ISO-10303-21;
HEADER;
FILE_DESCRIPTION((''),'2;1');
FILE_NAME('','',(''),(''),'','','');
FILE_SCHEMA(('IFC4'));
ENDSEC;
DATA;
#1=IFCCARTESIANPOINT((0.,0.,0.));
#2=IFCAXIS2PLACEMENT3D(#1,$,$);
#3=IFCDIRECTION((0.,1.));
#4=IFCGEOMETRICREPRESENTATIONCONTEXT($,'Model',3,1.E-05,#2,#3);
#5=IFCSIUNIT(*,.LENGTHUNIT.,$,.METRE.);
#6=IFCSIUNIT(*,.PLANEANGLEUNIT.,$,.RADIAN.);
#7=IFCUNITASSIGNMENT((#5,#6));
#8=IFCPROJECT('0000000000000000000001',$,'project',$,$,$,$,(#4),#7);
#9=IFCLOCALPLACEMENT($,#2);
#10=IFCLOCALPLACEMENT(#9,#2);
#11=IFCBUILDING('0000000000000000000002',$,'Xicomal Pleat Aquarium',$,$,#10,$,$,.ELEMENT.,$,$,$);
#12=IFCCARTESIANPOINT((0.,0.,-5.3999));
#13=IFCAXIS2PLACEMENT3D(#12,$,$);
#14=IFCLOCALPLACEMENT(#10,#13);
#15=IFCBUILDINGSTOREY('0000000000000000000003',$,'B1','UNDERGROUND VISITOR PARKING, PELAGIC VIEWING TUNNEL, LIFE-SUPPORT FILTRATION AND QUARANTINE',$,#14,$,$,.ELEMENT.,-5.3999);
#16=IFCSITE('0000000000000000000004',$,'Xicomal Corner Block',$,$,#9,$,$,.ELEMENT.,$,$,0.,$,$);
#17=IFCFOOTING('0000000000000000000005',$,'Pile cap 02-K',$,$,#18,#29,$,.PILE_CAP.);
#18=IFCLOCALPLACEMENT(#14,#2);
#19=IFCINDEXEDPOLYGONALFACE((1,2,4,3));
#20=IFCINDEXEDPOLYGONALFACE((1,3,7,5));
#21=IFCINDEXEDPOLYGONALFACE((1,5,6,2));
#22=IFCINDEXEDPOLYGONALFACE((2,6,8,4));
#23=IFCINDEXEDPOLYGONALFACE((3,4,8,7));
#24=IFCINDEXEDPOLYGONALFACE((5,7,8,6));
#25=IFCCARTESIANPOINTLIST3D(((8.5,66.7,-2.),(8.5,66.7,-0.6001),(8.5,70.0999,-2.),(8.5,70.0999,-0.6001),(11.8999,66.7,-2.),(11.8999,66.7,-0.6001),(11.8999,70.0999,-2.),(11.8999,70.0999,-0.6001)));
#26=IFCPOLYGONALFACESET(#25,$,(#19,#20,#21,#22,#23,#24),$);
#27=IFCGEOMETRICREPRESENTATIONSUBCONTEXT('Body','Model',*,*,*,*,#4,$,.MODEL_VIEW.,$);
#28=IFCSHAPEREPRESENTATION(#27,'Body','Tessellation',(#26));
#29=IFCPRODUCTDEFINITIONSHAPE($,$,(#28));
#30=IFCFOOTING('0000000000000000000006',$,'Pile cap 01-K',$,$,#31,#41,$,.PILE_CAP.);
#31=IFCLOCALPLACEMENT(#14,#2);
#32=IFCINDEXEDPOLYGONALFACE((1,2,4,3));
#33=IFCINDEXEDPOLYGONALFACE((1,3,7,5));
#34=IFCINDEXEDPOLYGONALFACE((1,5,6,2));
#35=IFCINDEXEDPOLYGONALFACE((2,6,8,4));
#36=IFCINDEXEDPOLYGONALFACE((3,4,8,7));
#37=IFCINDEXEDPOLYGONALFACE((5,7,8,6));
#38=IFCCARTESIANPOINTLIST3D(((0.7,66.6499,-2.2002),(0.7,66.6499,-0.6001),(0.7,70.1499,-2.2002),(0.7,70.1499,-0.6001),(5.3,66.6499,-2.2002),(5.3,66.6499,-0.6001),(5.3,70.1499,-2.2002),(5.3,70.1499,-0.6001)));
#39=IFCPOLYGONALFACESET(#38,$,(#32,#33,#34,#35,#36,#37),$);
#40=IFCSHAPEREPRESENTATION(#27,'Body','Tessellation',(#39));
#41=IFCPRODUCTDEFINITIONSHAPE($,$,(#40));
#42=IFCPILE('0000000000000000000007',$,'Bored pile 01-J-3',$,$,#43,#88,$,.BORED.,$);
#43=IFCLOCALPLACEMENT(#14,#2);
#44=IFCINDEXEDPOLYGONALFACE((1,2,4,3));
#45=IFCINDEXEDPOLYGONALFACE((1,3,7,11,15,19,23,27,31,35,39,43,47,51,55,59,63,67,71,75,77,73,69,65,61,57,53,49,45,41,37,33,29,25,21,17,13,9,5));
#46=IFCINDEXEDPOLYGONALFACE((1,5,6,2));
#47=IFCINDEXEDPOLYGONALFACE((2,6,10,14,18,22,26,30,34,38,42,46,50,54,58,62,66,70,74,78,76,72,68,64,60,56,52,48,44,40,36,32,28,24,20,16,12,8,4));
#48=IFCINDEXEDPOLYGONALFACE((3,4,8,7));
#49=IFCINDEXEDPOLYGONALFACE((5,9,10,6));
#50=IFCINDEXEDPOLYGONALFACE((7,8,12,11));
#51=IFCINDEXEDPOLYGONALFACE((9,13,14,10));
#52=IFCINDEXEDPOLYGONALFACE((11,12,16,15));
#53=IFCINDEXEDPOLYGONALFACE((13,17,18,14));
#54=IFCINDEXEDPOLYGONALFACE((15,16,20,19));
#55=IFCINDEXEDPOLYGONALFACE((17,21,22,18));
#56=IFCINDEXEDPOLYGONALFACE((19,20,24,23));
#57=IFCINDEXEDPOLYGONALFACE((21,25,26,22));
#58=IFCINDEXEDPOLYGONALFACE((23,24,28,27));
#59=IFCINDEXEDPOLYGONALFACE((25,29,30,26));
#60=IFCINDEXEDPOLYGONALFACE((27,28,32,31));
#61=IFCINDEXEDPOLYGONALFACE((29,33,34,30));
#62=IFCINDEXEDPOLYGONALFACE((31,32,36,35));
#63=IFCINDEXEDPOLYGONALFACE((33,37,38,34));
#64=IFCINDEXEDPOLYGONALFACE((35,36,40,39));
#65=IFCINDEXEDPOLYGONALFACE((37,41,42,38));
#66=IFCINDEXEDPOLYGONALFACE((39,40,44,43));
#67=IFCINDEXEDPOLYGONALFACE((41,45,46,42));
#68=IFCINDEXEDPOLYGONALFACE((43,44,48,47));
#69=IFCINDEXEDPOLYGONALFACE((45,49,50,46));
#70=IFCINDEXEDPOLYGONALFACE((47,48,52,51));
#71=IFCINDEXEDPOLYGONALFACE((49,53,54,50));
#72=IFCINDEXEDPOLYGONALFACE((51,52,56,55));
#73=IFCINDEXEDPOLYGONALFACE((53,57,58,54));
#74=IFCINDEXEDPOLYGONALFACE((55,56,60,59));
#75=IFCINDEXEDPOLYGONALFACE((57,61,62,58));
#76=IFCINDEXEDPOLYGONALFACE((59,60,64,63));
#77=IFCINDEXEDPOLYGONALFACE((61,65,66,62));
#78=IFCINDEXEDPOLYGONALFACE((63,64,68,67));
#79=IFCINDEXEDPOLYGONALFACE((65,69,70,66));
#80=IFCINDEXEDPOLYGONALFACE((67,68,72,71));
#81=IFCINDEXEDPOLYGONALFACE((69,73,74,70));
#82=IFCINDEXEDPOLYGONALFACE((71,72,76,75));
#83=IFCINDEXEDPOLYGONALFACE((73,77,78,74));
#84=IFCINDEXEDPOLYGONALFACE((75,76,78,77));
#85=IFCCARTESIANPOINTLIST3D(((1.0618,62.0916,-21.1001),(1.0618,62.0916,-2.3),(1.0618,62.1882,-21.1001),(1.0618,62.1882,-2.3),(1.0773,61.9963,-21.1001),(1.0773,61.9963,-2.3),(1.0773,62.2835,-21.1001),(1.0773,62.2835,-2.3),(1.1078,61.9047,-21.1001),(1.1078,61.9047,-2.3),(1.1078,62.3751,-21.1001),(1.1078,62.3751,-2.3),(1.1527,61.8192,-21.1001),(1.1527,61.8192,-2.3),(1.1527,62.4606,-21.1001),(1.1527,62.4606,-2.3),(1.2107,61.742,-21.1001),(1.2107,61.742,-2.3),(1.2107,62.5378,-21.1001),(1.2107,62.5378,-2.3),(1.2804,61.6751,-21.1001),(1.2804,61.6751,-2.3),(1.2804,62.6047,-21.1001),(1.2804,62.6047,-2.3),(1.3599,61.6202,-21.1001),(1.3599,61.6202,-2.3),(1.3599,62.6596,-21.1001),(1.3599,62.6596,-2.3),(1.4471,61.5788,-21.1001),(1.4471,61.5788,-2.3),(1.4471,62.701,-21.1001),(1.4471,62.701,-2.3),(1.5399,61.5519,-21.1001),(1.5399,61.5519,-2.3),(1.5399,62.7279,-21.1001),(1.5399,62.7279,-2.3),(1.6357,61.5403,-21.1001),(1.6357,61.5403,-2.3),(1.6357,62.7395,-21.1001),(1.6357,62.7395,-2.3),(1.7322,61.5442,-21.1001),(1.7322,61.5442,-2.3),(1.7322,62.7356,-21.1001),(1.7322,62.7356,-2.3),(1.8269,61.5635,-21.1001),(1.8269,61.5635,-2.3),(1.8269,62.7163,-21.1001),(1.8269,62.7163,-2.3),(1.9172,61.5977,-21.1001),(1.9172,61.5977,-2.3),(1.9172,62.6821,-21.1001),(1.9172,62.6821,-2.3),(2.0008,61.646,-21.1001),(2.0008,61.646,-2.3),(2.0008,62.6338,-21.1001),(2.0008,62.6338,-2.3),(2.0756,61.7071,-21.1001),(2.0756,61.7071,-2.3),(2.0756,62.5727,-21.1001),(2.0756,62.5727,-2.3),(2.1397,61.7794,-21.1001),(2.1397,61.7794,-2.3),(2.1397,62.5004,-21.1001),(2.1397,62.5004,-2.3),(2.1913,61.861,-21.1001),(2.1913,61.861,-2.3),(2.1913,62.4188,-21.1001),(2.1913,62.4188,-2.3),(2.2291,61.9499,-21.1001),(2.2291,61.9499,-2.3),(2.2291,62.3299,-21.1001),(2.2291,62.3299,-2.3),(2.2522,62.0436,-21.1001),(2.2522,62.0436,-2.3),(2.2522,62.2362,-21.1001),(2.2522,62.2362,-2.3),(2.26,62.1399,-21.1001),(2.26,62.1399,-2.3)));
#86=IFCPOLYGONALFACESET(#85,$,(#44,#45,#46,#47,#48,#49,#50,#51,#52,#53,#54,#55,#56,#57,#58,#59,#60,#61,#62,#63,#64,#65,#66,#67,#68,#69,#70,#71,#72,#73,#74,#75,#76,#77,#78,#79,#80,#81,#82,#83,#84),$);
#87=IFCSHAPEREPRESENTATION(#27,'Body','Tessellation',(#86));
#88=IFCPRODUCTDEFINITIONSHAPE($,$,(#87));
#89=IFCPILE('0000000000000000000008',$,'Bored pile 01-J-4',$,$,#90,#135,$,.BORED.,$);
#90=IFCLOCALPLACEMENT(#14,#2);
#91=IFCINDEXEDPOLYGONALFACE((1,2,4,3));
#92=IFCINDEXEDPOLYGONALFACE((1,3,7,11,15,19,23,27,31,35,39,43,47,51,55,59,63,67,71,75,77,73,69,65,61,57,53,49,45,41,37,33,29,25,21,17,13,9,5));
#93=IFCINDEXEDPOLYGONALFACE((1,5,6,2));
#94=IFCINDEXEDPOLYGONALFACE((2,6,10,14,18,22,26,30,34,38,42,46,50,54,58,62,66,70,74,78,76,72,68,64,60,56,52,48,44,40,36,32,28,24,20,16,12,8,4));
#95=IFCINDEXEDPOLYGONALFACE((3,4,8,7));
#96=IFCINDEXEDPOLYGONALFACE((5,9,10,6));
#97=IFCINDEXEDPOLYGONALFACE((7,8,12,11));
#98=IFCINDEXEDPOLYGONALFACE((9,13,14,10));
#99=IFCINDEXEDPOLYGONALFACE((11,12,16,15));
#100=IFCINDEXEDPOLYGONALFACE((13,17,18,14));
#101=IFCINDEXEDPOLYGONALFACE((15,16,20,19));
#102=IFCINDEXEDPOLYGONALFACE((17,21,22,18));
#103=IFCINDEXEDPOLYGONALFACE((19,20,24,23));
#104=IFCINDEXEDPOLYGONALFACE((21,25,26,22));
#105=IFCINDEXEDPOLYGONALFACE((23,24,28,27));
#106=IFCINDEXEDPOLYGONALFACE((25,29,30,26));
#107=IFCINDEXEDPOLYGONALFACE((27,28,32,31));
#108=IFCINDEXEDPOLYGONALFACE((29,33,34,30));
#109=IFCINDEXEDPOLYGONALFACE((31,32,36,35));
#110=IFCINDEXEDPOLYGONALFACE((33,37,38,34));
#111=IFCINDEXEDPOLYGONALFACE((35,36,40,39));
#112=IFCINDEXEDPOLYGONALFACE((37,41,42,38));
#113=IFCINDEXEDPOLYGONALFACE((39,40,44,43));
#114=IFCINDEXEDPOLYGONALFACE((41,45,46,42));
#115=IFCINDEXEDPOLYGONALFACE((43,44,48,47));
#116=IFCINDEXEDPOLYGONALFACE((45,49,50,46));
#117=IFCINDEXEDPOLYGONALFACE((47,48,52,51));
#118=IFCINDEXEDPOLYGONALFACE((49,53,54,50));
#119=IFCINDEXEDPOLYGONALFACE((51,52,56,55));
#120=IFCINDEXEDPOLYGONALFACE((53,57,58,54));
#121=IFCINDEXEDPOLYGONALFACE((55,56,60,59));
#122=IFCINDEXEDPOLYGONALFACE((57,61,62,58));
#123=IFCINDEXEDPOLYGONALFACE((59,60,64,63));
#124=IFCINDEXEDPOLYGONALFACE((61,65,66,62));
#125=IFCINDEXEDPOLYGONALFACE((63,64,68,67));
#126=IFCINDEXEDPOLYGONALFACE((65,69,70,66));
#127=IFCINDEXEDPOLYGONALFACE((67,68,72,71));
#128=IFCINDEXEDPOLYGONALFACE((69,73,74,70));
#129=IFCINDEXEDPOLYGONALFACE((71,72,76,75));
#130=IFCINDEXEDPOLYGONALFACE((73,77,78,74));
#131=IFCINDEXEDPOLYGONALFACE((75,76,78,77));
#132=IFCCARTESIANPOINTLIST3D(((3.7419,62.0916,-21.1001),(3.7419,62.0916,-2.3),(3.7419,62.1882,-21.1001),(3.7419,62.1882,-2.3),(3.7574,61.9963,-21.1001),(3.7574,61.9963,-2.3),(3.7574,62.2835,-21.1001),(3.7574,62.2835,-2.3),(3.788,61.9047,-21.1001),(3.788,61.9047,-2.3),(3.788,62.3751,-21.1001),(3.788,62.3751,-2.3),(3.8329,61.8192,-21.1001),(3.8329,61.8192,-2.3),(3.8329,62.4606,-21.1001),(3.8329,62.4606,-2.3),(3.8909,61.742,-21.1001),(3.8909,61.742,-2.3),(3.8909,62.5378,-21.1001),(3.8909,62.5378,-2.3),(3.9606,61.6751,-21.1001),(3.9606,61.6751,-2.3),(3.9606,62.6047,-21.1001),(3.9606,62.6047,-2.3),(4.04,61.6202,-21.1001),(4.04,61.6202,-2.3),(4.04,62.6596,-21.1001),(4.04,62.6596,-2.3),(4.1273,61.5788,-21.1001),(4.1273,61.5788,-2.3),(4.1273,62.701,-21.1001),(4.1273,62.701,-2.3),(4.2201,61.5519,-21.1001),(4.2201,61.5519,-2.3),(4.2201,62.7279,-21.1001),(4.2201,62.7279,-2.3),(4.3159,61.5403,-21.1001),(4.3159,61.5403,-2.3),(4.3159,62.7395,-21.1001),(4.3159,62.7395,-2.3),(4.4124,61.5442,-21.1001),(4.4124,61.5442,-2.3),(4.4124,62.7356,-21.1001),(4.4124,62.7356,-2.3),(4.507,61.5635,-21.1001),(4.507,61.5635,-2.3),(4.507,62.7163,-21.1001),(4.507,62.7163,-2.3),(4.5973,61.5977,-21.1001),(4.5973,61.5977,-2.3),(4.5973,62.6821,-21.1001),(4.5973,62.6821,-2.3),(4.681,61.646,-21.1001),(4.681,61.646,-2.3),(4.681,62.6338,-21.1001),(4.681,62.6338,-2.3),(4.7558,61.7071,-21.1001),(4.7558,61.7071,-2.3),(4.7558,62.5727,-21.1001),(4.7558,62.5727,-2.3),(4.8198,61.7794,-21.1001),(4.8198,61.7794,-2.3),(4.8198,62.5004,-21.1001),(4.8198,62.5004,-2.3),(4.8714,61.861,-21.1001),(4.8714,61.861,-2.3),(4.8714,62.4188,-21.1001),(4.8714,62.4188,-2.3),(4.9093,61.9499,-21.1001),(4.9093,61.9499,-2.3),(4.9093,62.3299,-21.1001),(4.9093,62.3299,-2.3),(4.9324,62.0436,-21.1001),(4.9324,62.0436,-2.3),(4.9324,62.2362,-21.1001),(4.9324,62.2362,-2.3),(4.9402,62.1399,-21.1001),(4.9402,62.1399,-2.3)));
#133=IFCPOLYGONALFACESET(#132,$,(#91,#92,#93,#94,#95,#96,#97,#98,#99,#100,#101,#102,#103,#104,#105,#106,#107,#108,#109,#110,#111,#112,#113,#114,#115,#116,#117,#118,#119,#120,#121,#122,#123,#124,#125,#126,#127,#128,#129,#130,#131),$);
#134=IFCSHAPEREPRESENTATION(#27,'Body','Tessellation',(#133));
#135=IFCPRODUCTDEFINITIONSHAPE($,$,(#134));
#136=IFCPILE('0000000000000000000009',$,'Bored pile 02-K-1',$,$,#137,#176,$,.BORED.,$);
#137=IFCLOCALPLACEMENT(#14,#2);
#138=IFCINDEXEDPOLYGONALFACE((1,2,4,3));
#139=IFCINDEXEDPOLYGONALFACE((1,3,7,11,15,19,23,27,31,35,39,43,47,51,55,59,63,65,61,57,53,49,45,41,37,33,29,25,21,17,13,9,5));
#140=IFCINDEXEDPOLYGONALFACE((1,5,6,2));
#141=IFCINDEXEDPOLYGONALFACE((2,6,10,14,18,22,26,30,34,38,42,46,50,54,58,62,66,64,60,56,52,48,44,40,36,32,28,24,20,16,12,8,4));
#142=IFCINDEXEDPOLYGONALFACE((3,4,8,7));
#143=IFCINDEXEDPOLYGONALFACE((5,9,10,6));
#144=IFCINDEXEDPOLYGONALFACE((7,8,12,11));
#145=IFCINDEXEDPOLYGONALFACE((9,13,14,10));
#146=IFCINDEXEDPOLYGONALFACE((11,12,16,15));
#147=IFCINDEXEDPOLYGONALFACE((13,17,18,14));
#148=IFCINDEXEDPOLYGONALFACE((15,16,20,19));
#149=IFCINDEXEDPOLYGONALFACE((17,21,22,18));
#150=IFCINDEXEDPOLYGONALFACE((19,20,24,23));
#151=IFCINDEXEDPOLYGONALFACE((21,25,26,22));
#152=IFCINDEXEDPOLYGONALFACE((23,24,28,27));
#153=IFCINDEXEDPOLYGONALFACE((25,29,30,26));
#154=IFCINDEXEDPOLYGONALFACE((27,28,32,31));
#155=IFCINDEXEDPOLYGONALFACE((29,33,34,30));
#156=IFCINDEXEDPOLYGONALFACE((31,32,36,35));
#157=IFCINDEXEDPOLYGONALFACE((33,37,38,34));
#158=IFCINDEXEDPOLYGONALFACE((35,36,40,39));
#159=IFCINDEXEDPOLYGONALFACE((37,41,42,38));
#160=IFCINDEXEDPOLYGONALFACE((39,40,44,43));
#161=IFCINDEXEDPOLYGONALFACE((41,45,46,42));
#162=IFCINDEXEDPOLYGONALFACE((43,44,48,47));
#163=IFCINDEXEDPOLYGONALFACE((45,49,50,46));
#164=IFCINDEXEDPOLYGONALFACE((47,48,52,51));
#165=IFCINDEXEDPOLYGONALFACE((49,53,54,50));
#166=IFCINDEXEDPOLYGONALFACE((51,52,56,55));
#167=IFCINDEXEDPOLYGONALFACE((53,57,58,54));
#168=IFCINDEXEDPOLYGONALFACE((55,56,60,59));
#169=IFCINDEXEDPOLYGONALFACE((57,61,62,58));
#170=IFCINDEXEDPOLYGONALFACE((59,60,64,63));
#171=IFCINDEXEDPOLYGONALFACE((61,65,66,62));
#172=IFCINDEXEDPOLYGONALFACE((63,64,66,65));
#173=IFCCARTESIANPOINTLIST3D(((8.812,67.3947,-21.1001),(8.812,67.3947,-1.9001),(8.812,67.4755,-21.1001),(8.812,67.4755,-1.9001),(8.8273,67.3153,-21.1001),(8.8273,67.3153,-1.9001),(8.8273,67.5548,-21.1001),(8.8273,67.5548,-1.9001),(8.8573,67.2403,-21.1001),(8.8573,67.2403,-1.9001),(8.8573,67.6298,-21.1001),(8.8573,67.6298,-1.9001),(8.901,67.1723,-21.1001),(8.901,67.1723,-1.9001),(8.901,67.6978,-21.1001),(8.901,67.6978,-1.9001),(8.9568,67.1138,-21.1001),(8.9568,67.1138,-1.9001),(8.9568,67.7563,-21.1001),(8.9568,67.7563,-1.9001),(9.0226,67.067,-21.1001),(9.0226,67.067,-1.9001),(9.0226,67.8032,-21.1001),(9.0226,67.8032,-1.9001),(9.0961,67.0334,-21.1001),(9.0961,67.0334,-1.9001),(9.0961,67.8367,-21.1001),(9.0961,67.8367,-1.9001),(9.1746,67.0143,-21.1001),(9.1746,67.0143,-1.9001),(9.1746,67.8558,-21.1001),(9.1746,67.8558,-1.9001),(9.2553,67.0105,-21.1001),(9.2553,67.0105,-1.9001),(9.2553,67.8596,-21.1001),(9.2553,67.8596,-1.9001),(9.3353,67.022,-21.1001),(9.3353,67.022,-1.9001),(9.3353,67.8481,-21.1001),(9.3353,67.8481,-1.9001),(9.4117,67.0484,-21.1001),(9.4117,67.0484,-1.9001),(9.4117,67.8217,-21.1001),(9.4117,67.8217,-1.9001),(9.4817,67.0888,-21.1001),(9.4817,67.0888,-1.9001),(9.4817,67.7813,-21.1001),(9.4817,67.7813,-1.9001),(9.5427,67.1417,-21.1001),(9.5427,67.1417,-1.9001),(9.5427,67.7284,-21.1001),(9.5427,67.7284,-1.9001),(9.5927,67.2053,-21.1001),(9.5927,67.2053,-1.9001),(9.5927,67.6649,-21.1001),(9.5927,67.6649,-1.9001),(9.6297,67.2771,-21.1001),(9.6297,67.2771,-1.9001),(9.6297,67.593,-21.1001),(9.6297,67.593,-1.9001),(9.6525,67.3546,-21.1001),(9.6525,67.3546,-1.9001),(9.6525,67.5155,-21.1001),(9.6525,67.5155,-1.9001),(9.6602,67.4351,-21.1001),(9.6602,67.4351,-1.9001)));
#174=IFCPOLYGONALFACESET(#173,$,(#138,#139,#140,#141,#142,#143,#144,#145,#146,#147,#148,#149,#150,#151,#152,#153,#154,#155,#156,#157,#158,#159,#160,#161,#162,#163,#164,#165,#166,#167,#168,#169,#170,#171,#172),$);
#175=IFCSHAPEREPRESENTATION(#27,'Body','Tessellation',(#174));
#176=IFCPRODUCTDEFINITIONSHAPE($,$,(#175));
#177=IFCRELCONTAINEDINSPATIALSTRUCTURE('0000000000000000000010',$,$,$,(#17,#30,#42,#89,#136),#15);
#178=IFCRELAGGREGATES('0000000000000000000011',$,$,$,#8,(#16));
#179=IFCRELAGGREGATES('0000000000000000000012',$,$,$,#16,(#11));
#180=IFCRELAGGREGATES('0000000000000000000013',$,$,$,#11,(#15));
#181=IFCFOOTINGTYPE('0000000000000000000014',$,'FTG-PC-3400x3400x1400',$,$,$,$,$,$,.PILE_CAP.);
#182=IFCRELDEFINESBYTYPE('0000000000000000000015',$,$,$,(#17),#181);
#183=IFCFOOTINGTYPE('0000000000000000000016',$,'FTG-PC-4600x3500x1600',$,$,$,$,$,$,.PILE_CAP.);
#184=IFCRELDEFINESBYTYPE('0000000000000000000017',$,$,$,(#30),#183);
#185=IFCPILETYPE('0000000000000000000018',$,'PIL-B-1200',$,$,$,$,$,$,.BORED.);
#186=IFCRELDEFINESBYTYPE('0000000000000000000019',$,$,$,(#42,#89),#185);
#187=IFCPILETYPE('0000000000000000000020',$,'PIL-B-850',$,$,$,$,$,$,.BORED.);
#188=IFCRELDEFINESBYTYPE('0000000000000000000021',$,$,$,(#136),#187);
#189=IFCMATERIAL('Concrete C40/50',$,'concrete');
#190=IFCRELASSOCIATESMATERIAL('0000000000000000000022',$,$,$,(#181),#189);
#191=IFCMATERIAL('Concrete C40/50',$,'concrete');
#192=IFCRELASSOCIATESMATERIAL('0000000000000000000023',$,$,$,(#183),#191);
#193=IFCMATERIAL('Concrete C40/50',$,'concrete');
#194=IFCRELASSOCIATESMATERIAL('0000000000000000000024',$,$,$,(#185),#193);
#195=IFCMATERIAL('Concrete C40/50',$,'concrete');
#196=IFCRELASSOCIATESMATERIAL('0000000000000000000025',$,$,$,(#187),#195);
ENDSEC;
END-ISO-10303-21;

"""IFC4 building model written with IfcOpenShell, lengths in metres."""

from ifc_helpers import new_model, si_unit, direction, frame, origin, origin_2d, place, context, subcontext, project, spatial, rectangle, circle, extrude, material, material_profile, profile_set, type_object, element, save


model = new_model("IFC4")

# Units and contexts
model_context = context("Model", 3, precision=1e-05, world=origin(), true_north=direction((0.0, 1.0)))
body_context = subcontext(model_context, "Body", "Model", "MODEL_VIEW")
ifc_project = project(units=[si_unit("LENGTHUNIT", "METRE"), si_unit("PLANEANGLEUNIT", "RADIAN")], contexts=[model_context])

# Site, building, storey
site_placement = place(None, origin())
site = spatial("IfcSite", under=ifc_project, at=site_placement, Name="Xicomal Corner Block", CompositionType="ELEMENT", RefElevation=0.0)
building_placement = place(site_placement, origin())
building = spatial("IfcBuilding", under=site, at=building_placement, Name="Xicomal Pleat Aquarium", CompositionType="ELEMENT")
storey_placement = place(building_placement, frame((0.0, 0.0, -5.3999)))
storey = spatial("IfcBuildingStorey", under=building, at=storey_placement, Name="B1", Description="UNDERGROUND VISITOR PARKING, PELAGIC VIEWING TUNNEL, LIFE-SUPPORT FILTRATION AND QUARANTINE", CompositionType="ELEMENT", Elevation=-5.3999)

# Footings
ifc_material_1 = material(Name="Concrete C40/50", Category="concrete")
footing_type_1 = type_object("IfcFootingType", Name="FTG-PC-3400x3400x1400", PredefinedType="PILE_CAP", material=ifc_material_1)
footing_1_placement = place(storey_placement, frame((10.2, 68.3999, -2.0), z_axis=(0.0, 0.0, 1.0), x_axis=(1.0, 0.0, 0.0)))
element("IfcFooting", 1, at=footing_1_placement, inside=storey, type_object=footing_type_1, Name="Pile cap 02-K", PredefinedType="PILE_CAP", context=body_context, shape_type="SweptSolid", body=[
    extrude(rectangle(XDim=3.3999, YDim=3.3999, at=origin_2d()), origin(), (0.0, 0.0, 1.0), 1.3999),
])
ifc_material_2 = material(Name="Concrete C40/50", Category="concrete")
footing_type_2 = type_object("IfcFootingType", Name="FTG-PC-4600x3500x1600", PredefinedType="PILE_CAP", material=ifc_material_2)
footing_2_placement = place(storey_placement, frame((3.0, 68.3999, -2.2002), z_axis=(0.0, 0.0, 1.0), x_axis=(1.0, 0.0, 0.0)))
element("IfcFooting", 2, at=footing_2_placement, inside=storey, type_object=footing_type_2, Name="Pile cap 01-K", PredefinedType="PILE_CAP", context=body_context, shape_type="SweptSolid", body=[
    extrude(rectangle(XDim=4.6001, YDim=3.5, at=origin_2d()), origin(), (0.0, 0.0, 1.0), 1.6001),
])

# Piles
ifc_material_3 = material(Name="Concrete C40/50", Category="concrete")
ifc_material_profile_1 = material_profile(ifc_material_3, circle(Radius=0.6001, at=origin_2d()), Name="BORED PILE D1200")
ifc_profile_set_1 = profile_set([ifc_material_profile_1], Name="Concrete C40/50")
pile_type_1 = type_object("IfcPileType", Name="PIL-B-1200", PredefinedType="BORED", material=ifc_profile_set_1)
for number, where, z_axis, x_axis, name in (
    (3, (1.6599, 62.1399, -2.3), (0.0, 0.0, -1.0), (1.0, 0.0, 0.0), "Bored pile 01-J-3"),
    (4, (4.3401, 62.1399, -2.3), (0.0, 0.0, -1.0), (1.0, 0.0, 0.0), "Bored pile 01-J-4"),
):
    element("IfcPile", number, at=place(storey_placement, frame(where, z_axis=z_axis, x_axis=x_axis)), inside=storey, type_object=pile_type_1, Name=name, PredefinedType="BORED", context=body_context, shape_type="SweptSolid", body=[
        extrude(circle(Radius=0.6001, at=origin_2d()), origin(), (0.0, 0.0, 1.0), 18.8),
    ])
ifc_material_4 = material(Name="Concrete C40/50", Category="concrete")
ifc_material_profile_2 = material_profile(ifc_material_4, circle(Radius=0.425, at=origin_2d()), Name="BORED PILE D850")
ifc_profile_set_2 = profile_set([ifc_material_profile_2], Name="Concrete C40/50")
pile_type_2 = type_object("IfcPileType", Name="PIL-B-850", PredefinedType="BORED", material=ifc_profile_set_2)
for number, where, z_axis, x_axis, name in (
    (5, (9.2351, 67.4351, -1.9001), (0.0, 0.0, -1.0), (1.0, 0.0, 0.0), "Bored pile 02-K-1"),
):
    element("IfcPile", number, at=place(storey_placement, frame(where, z_axis=z_axis, x_axis=x_axis)), inside=storey, type_object=pile_type_2, Name=name, PredefinedType="BORED", context=body_context, shape_type="SweptSolid", body=[
        extrude(circle(Radius=0.425, at=origin_2d()), origin(), (0.0, 0.0, 1.0), 19.2),
    ])

save(model, "model.ifc")
